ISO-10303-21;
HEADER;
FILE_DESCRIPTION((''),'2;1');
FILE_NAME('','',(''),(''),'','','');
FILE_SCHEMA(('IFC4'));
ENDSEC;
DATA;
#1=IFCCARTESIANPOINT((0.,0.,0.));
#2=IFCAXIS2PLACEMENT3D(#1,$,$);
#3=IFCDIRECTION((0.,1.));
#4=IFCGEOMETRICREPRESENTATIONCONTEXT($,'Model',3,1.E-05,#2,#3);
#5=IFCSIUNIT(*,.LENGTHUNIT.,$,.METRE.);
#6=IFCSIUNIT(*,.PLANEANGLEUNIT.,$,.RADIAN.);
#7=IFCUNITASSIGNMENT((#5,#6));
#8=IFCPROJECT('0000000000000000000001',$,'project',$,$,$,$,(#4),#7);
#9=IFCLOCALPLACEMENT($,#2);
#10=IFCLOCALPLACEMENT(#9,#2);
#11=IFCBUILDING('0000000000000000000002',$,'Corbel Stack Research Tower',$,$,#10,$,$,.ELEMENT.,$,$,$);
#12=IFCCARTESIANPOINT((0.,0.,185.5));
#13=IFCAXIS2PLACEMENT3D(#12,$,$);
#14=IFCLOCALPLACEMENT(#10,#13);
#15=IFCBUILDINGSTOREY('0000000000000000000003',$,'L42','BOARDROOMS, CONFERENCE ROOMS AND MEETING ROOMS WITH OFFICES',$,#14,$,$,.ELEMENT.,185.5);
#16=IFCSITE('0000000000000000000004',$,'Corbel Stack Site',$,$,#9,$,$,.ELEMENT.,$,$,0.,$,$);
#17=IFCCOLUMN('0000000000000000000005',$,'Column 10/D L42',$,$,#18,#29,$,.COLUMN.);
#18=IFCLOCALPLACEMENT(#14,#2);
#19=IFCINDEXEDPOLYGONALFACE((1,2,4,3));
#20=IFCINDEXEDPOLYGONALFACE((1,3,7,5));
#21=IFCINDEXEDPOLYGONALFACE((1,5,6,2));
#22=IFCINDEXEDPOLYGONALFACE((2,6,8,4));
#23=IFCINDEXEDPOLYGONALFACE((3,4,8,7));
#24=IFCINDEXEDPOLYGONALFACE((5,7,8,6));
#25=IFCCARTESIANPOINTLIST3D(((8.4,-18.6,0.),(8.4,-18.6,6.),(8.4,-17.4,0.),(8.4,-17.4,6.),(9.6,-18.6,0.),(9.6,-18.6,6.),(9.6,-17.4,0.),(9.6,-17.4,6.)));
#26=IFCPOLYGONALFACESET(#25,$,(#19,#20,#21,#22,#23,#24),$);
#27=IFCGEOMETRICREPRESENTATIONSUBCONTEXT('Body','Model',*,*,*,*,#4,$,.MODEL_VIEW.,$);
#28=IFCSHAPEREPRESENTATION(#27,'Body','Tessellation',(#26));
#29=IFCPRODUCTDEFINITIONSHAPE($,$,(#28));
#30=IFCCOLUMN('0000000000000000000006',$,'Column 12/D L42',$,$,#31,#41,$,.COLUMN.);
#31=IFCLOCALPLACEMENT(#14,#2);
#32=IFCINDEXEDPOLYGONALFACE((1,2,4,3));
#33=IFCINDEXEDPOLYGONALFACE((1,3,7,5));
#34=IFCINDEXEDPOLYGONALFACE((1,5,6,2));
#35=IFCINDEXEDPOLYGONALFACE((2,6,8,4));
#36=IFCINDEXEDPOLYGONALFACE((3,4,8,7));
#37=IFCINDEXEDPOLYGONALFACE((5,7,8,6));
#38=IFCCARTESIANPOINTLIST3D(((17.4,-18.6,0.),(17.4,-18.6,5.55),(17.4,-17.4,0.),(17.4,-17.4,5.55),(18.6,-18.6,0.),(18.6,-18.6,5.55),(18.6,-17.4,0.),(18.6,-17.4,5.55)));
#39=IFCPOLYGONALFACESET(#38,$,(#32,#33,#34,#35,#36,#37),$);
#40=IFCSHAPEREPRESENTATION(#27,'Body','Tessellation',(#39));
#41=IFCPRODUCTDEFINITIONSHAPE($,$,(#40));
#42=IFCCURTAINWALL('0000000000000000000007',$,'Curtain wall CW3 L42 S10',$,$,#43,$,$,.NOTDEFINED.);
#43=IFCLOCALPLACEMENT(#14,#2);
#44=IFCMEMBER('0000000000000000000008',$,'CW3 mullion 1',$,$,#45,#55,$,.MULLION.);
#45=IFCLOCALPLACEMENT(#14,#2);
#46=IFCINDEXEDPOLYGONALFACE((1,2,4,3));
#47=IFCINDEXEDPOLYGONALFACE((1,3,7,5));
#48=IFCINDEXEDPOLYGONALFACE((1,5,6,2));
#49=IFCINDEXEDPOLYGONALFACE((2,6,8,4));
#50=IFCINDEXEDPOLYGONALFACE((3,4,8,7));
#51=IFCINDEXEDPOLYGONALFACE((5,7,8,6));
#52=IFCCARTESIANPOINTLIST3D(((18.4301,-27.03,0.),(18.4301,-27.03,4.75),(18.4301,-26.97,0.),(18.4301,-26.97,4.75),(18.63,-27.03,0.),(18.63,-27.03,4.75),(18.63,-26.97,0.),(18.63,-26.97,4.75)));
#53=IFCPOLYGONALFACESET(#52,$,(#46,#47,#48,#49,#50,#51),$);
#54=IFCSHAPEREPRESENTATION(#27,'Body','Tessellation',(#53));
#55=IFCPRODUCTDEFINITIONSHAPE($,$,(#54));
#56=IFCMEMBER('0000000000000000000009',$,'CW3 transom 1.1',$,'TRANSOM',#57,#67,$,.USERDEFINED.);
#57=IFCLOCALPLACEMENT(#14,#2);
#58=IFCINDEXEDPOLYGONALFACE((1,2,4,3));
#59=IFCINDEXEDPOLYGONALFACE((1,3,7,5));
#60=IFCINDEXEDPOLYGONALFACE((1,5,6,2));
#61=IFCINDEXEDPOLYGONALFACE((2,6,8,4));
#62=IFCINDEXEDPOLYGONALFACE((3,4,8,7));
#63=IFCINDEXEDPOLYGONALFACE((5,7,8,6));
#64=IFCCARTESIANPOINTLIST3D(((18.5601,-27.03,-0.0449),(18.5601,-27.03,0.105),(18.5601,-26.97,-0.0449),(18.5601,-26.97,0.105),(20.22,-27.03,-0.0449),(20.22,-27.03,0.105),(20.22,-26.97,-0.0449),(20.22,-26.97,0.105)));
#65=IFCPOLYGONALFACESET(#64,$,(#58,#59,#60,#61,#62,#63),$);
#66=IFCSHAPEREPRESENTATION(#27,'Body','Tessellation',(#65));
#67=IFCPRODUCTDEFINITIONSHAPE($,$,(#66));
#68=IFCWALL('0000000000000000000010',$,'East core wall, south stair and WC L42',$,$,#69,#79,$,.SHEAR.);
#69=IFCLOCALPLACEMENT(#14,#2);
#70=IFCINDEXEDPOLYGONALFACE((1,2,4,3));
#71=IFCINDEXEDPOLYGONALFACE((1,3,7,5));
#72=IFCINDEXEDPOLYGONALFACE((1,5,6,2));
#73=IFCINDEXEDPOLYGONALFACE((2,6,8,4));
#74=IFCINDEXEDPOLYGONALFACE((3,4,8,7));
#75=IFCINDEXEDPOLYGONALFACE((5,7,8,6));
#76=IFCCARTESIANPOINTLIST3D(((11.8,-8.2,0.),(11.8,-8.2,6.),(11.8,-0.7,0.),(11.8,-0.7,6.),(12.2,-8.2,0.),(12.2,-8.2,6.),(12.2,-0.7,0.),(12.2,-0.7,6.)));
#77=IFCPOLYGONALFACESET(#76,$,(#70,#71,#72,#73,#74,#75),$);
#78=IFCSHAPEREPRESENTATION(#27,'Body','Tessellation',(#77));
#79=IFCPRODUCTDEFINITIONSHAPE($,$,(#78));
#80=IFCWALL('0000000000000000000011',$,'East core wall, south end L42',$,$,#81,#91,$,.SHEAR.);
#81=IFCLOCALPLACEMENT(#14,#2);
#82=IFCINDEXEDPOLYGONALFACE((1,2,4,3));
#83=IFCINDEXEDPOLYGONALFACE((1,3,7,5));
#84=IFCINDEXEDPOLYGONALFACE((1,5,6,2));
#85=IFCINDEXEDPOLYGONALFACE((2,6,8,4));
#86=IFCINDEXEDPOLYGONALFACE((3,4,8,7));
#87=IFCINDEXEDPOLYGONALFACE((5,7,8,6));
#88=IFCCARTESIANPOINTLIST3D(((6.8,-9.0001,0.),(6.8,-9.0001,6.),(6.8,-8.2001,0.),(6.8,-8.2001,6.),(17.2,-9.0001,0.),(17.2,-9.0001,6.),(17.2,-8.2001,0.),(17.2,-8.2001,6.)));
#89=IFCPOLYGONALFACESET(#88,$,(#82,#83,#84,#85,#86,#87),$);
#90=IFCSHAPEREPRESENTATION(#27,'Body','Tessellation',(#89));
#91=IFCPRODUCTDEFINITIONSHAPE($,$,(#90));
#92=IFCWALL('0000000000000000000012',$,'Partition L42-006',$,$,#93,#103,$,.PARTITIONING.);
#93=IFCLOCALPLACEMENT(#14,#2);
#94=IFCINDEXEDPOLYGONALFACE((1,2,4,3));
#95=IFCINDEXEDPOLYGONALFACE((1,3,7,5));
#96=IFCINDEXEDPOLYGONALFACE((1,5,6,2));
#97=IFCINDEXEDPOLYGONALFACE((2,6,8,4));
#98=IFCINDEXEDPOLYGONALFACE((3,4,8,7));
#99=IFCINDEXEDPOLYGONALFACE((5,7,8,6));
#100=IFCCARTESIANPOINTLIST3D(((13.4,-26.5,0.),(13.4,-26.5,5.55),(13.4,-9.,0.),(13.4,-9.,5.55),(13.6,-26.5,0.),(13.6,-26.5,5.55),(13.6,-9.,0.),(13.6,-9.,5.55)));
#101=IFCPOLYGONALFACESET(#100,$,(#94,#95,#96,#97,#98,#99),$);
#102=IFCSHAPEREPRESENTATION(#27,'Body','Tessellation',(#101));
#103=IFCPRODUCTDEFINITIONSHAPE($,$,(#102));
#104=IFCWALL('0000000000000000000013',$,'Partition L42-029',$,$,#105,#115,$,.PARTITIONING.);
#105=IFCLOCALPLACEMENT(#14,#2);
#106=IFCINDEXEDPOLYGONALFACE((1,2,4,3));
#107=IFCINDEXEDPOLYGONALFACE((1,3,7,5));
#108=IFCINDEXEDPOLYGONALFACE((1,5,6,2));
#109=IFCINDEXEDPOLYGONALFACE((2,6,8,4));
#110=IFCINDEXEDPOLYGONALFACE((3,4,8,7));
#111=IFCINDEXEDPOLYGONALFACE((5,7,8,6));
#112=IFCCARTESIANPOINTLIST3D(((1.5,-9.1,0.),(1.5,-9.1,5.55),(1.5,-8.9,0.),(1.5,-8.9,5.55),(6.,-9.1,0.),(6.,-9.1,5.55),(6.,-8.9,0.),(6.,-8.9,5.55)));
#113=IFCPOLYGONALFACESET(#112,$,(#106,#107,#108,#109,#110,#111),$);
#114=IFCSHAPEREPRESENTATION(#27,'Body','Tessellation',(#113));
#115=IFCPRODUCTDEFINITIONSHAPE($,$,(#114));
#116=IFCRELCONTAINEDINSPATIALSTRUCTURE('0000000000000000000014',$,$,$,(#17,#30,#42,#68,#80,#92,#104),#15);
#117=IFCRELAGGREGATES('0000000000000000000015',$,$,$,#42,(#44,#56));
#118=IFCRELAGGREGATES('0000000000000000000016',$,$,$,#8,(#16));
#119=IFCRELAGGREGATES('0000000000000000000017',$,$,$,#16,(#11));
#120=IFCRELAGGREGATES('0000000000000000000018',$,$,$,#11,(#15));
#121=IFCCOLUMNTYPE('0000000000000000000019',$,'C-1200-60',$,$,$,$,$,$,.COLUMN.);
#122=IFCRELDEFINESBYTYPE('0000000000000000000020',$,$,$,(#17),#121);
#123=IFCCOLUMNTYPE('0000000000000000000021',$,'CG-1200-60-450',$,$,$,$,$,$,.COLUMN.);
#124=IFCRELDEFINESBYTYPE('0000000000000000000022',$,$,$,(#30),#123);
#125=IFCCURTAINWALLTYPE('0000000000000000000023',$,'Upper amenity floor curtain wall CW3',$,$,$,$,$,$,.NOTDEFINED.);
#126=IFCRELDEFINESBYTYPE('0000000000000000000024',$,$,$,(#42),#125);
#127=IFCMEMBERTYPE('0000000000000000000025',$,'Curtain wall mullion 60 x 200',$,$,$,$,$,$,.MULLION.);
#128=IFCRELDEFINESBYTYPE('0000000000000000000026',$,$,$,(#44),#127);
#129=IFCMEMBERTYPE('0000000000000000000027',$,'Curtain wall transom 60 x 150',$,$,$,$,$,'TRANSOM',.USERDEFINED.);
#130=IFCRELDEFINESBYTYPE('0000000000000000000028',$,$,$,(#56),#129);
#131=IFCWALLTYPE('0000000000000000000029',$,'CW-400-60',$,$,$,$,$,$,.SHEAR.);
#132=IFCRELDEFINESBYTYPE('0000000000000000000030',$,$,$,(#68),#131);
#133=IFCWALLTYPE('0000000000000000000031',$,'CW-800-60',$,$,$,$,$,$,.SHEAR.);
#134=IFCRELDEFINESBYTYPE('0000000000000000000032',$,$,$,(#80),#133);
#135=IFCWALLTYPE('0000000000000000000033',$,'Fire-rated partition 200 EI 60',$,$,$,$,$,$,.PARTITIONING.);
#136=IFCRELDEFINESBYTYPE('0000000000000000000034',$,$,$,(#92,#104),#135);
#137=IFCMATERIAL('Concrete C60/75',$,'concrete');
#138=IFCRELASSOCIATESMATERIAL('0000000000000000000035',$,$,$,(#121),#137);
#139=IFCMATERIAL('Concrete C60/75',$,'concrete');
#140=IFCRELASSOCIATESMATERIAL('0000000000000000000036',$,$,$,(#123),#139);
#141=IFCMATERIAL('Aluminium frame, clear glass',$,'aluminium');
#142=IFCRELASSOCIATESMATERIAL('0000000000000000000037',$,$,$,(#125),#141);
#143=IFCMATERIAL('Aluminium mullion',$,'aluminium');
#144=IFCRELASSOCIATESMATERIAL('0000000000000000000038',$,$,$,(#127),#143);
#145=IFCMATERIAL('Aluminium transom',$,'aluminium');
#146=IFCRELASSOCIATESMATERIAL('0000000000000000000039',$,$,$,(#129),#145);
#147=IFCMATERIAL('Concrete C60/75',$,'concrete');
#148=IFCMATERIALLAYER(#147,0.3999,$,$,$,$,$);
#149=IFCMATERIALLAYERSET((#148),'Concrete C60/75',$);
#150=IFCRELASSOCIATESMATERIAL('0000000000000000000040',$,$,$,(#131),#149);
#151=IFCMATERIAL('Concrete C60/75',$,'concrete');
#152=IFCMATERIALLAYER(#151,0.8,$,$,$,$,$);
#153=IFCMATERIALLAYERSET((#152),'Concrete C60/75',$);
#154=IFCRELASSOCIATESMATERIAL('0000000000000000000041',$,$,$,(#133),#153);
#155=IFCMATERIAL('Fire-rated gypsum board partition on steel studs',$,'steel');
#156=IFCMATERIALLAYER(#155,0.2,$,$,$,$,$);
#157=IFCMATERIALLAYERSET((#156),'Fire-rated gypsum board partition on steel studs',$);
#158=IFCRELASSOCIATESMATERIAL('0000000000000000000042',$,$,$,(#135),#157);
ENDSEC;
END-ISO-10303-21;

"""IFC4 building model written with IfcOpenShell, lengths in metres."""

from ifc_helpers import new_model, si_unit, direction, frame, frame_2d, origin, origin_2d, place, context, subcontext, project, spatial, rectangle, extrude, material, layer, layer_set, material_profile, profile_set, type_object, element, aggregate, save


model = new_model("IFC4")

# Units and contexts
model_context = context("Model", 3, precision=1e-05, world=origin(), true_north=direction((0.0, 1.0)))
body_context = subcontext(model_context, "Body", "Model", "MODEL_VIEW")
ifc_project = project(units=[si_unit("LENGTHUNIT", "METRE"), si_unit("PLANEANGLEUNIT", "RADIAN")], contexts=[model_context])

# Site, building, storey
site_placement = place(None, origin())
site = spatial("IfcSite", under=ifc_project, at=site_placement, Name="Corbel Stack Site", CompositionType="ELEMENT", RefElevation=0.0)
building_placement = place(site_placement, origin())
building = spatial("IfcBuilding", under=site, at=building_placement, Name="Corbel Stack Research Tower", CompositionType="ELEMENT")
storey_placement = place(building_placement, frame((0.0, 0.0, 185.5)))
storey = spatial("IfcBuildingStorey", under=building, at=storey_placement, Name="L42", Description="BOARDROOMS, CONFERENCE ROOMS AND MEETING ROOMS WITH OFFICES", CompositionType="ELEMENT", Elevation=185.5)

# Columns
ifc_material_1 = material(Name="Concrete C60/75", Category="concrete")
ifc_material_profile_1 = material_profile(ifc_material_1, rectangle(XDim=1.2, YDim=1.2, at=origin_2d()), Name="RC 1200 x 1200")
ifc_profile_set_1 = profile_set([ifc_material_profile_1], Name="Concrete C60/75")
column_type_1 = type_object("IfcColumnType", Name="C-1200-60", PredefinedType="COLUMN", material=ifc_profile_set_1)
column_1_placement = place(storey_placement, frame((9.0, -18.0, 0.0), z_axis=(0.0, 0.0, 1.0), x_axis=(1.0, 0.0, 0.0)))
element("IfcColumn", 1, at=column_1_placement, inside=storey, type_object=column_type_1, Name="Column 10/D L42", PredefinedType="COLUMN", context=body_context, shape_type="SweptSolid", body=[
    extrude(rectangle(XDim=1.2, YDim=1.2, at=origin_2d()), origin(), (0.0, 0.0, 1.0), 6.0),
])
ifc_material_2 = material(Name="Concrete C60/75", Category="concrete")
ifc_material_profile_2 = material_profile(ifc_material_2, rectangle(XDim=1.2, YDim=1.2, at=origin_2d()), Name="RC 1200 x 1200")
ifc_profile_set_2 = profile_set([ifc_material_profile_2], Name="Concrete C60/75")
column_type_2 = type_object("IfcColumnType", Name="CG-1200-60-450", PredefinedType="COLUMN", material=ifc_profile_set_2)
column_2_placement = place(storey_placement, frame((18.0, -18.0, 0.0), z_axis=(0.0, 0.0, 1.0), x_axis=(1.0, 0.0, 0.0)))
element("IfcColumn", 2, at=column_2_placement, inside=storey, type_object=column_type_2, Name="Column 12/D L42", PredefinedType="COLUMN", context=body_context, shape_type="SweptSolid", body=[
    extrude(rectangle(XDim=1.2, YDim=1.2, at=origin_2d()), origin(), (0.0, 0.0, 1.0), 5.55),
])

# Curtain wall, members
ifc_material_3 = material(Name="Aluminium frame, clear glass", Category="aluminium")
curtain_wall_type = type_object("IfcCurtainWallType", Name="Upper amenity floor curtain wall CW3", PredefinedType="NOTDEFINED", material=ifc_material_3)
curtain_wall_placement = place(storey_placement, origin())
curtain_wall = element("IfcCurtainWall", 3, at=curtain_wall_placement, inside=storey, type_object=curtain_wall_type, Name="Curtain wall CW3 L42 S10", PredefinedType="NOTDEFINED")
ifc_material_4 = material(Name="Aluminium mullion", Category="aluminium")
ifc_material_profile_3 = material_profile(ifc_material_4, rectangle(XDim=0.0601, YDim=0.2, at=origin_2d()), Name="Mullion 60 x 200")
ifc_profile_set_3 = profile_set([ifc_material_profile_3], Name="Aluminium mullion")
member_type_1 = type_object("IfcMemberType", Name="Curtain wall mullion 60 x 200", PredefinedType="MULLION", material=ifc_profile_set_3)
member_1_placement = place(storey_placement, frame((18.53, -27.0, 0.0), z_axis=(0.0, 0.0, 1.0), x_axis=(0.0, 1.0, 0.0)))
member_1 = element("IfcMember", 4, at=member_1_placement, type_object=member_type_1, Name="CW3 mullion 1", PredefinedType="MULLION", context=body_context, shape_type="SweptSolid", body=[
    extrude(rectangle(XDim=0.0601, YDim=0.2, at=origin_2d()), origin(), (0.0, 0.0, 1.0), 4.75),
])
ifc_material_5 = material(Name="Aluminium transom", Category="aluminium")
ifc_material_profile_4 = material_profile(ifc_material_5, rectangle(XDim=0.0601, YDim=0.1499, at=origin_2d()), Name="Transom 60 x 150")
ifc_profile_set_4 = profile_set([ifc_material_profile_4], Name="Aluminium transom")
member_type_2 = type_object("IfcMemberType", Name="Curtain wall transom 60 x 150", ElementType="TRANSOM", PredefinedType="USERDEFINED", material=ifc_profile_set_4)
member_2_placement = place(storey_placement, frame((18.5601, -27.0, 0.03), z_axis=(1.0, 0.0, 0.0), x_axis=(0.0, 1.0, 0.0)))
member_2 = element("IfcMember", 5, at=member_2_placement, type_object=member_type_2, Name="CW3 transom 1.1", ObjectType="TRANSOM", PredefinedType="USERDEFINED", context=body_context, shape_type="SweptSolid", body=[
    extrude(rectangle(XDim=0.0601, YDim=0.1499, at=origin_2d()), origin(), (0.0, 0.0, 1.0), 1.6599),
])
aggregate(curtain_wall, [member_1, member_2])

# Wall
ifc_material_6 = material(Name="Concrete C60/75", Category="concrete")
ifc_layer_1 = layer(ifc_material_6, 0.3999)
ifc_layer_set_1 = layer_set([ifc_layer_1], Name="Concrete C60/75")
wall_type_1 = type_object("IfcWallType", Name="CW-400-60", PredefinedType="SHEAR", material=ifc_layer_set_1)
wall_1_placement = place(storey_placement, frame((12.0, -8.2, 0.0), z_axis=(0.0, 0.0, 1.0), x_axis=(0.0, 1.0, 0.0)))
element("IfcWall", 6, at=wall_1_placement, inside=storey, type_object=wall_type_1, Name="East core wall, south stair and WC L42", PredefinedType="SHEAR", context=body_context, shape_type="SweptSolid", body=[
    extrude(rectangle(XDim=7.5, YDim=0.3999, at=frame_2d((3.75, 0.0))), origin(), (0.0, 0.0, 1.0), 6.0),
])

# Shared definitions
ifc_material_7 = material(Name="Concrete C60/75", Category="concrete")
ifc_layer_2 = layer(ifc_material_7, 0.8)
ifc_layer_set_2 = layer_set([ifc_layer_2], Name="Concrete C60/75")
wall_type_2 = type_object("IfcWallType", Name="CW-800-60", PredefinedType="SHEAR", material=ifc_layer_set_2)

# Walls
wall_2_placement = place(storey_placement, frame((6.8, -8.6001, 0.0), z_axis=(0.0, 0.0, 1.0), x_axis=(1.0, 0.0, 0.0)))
element("IfcWall", 7, at=wall_2_placement, inside=storey, type_object=wall_type_2, Name="East core wall, south end L42", PredefinedType="SHEAR", context=body_context, shape_type="SweptSolid", body=[
    extrude(rectangle(XDim=10.3999, YDim=0.8, at=frame_2d((5.2, 0.0))), origin(), (0.0, 0.0, 1.0), 6.0),
])
ifc_material_8 = material(Name="Fire-rated gypsum board partition on steel studs", Category="steel")
ifc_layer_3 = layer(ifc_material_8, 0.2)
ifc_layer_set_3 = layer_set([ifc_layer_3], Name="Fire-rated gypsum board partition on steel studs")
wall_type_3 = type_object("IfcWallType", Name="Fire-rated partition 200 EI 60", PredefinedType="PARTITIONING", material=ifc_layer_set_3)
wall_3_placement = place(storey_placement, frame((13.5, -26.5, 0.0), z_axis=(0.0, 0.0, 1.0), x_axis=(0.0, 1.0, 0.0)))
element("IfcWall", 8, at=wall_3_placement, inside=storey, type_object=wall_type_3, Name="Partition L42-006", PredefinedType="PARTITIONING", context=body_context, shape_type="SweptSolid", body=[
    extrude(rectangle(XDim=17.5, YDim=0.2, at=frame_2d((8.75, 0.0))), origin(), (0.0, 0.0, 1.0), 5.55),
])
wall_4_placement = place(storey_placement, frame((1.5, -9.0, 0.0), z_axis=(0.0, 0.0, 1.0), x_axis=(1.0, 0.0, 0.0)))
element("IfcWall", 9, at=wall_4_placement, inside=storey, type_object=wall_type_3, Name="Partition L42-029", PredefinedType="PARTITIONING", context=body_context, shape_type="SweptSolid", body=[
    extrude(rectangle(XDim=4.5, YDim=0.2, at=frame_2d((2.25, 0.0))), origin(), (0.0, 0.0, 1.0), 5.55),
])

save(model, "model.ifc")
